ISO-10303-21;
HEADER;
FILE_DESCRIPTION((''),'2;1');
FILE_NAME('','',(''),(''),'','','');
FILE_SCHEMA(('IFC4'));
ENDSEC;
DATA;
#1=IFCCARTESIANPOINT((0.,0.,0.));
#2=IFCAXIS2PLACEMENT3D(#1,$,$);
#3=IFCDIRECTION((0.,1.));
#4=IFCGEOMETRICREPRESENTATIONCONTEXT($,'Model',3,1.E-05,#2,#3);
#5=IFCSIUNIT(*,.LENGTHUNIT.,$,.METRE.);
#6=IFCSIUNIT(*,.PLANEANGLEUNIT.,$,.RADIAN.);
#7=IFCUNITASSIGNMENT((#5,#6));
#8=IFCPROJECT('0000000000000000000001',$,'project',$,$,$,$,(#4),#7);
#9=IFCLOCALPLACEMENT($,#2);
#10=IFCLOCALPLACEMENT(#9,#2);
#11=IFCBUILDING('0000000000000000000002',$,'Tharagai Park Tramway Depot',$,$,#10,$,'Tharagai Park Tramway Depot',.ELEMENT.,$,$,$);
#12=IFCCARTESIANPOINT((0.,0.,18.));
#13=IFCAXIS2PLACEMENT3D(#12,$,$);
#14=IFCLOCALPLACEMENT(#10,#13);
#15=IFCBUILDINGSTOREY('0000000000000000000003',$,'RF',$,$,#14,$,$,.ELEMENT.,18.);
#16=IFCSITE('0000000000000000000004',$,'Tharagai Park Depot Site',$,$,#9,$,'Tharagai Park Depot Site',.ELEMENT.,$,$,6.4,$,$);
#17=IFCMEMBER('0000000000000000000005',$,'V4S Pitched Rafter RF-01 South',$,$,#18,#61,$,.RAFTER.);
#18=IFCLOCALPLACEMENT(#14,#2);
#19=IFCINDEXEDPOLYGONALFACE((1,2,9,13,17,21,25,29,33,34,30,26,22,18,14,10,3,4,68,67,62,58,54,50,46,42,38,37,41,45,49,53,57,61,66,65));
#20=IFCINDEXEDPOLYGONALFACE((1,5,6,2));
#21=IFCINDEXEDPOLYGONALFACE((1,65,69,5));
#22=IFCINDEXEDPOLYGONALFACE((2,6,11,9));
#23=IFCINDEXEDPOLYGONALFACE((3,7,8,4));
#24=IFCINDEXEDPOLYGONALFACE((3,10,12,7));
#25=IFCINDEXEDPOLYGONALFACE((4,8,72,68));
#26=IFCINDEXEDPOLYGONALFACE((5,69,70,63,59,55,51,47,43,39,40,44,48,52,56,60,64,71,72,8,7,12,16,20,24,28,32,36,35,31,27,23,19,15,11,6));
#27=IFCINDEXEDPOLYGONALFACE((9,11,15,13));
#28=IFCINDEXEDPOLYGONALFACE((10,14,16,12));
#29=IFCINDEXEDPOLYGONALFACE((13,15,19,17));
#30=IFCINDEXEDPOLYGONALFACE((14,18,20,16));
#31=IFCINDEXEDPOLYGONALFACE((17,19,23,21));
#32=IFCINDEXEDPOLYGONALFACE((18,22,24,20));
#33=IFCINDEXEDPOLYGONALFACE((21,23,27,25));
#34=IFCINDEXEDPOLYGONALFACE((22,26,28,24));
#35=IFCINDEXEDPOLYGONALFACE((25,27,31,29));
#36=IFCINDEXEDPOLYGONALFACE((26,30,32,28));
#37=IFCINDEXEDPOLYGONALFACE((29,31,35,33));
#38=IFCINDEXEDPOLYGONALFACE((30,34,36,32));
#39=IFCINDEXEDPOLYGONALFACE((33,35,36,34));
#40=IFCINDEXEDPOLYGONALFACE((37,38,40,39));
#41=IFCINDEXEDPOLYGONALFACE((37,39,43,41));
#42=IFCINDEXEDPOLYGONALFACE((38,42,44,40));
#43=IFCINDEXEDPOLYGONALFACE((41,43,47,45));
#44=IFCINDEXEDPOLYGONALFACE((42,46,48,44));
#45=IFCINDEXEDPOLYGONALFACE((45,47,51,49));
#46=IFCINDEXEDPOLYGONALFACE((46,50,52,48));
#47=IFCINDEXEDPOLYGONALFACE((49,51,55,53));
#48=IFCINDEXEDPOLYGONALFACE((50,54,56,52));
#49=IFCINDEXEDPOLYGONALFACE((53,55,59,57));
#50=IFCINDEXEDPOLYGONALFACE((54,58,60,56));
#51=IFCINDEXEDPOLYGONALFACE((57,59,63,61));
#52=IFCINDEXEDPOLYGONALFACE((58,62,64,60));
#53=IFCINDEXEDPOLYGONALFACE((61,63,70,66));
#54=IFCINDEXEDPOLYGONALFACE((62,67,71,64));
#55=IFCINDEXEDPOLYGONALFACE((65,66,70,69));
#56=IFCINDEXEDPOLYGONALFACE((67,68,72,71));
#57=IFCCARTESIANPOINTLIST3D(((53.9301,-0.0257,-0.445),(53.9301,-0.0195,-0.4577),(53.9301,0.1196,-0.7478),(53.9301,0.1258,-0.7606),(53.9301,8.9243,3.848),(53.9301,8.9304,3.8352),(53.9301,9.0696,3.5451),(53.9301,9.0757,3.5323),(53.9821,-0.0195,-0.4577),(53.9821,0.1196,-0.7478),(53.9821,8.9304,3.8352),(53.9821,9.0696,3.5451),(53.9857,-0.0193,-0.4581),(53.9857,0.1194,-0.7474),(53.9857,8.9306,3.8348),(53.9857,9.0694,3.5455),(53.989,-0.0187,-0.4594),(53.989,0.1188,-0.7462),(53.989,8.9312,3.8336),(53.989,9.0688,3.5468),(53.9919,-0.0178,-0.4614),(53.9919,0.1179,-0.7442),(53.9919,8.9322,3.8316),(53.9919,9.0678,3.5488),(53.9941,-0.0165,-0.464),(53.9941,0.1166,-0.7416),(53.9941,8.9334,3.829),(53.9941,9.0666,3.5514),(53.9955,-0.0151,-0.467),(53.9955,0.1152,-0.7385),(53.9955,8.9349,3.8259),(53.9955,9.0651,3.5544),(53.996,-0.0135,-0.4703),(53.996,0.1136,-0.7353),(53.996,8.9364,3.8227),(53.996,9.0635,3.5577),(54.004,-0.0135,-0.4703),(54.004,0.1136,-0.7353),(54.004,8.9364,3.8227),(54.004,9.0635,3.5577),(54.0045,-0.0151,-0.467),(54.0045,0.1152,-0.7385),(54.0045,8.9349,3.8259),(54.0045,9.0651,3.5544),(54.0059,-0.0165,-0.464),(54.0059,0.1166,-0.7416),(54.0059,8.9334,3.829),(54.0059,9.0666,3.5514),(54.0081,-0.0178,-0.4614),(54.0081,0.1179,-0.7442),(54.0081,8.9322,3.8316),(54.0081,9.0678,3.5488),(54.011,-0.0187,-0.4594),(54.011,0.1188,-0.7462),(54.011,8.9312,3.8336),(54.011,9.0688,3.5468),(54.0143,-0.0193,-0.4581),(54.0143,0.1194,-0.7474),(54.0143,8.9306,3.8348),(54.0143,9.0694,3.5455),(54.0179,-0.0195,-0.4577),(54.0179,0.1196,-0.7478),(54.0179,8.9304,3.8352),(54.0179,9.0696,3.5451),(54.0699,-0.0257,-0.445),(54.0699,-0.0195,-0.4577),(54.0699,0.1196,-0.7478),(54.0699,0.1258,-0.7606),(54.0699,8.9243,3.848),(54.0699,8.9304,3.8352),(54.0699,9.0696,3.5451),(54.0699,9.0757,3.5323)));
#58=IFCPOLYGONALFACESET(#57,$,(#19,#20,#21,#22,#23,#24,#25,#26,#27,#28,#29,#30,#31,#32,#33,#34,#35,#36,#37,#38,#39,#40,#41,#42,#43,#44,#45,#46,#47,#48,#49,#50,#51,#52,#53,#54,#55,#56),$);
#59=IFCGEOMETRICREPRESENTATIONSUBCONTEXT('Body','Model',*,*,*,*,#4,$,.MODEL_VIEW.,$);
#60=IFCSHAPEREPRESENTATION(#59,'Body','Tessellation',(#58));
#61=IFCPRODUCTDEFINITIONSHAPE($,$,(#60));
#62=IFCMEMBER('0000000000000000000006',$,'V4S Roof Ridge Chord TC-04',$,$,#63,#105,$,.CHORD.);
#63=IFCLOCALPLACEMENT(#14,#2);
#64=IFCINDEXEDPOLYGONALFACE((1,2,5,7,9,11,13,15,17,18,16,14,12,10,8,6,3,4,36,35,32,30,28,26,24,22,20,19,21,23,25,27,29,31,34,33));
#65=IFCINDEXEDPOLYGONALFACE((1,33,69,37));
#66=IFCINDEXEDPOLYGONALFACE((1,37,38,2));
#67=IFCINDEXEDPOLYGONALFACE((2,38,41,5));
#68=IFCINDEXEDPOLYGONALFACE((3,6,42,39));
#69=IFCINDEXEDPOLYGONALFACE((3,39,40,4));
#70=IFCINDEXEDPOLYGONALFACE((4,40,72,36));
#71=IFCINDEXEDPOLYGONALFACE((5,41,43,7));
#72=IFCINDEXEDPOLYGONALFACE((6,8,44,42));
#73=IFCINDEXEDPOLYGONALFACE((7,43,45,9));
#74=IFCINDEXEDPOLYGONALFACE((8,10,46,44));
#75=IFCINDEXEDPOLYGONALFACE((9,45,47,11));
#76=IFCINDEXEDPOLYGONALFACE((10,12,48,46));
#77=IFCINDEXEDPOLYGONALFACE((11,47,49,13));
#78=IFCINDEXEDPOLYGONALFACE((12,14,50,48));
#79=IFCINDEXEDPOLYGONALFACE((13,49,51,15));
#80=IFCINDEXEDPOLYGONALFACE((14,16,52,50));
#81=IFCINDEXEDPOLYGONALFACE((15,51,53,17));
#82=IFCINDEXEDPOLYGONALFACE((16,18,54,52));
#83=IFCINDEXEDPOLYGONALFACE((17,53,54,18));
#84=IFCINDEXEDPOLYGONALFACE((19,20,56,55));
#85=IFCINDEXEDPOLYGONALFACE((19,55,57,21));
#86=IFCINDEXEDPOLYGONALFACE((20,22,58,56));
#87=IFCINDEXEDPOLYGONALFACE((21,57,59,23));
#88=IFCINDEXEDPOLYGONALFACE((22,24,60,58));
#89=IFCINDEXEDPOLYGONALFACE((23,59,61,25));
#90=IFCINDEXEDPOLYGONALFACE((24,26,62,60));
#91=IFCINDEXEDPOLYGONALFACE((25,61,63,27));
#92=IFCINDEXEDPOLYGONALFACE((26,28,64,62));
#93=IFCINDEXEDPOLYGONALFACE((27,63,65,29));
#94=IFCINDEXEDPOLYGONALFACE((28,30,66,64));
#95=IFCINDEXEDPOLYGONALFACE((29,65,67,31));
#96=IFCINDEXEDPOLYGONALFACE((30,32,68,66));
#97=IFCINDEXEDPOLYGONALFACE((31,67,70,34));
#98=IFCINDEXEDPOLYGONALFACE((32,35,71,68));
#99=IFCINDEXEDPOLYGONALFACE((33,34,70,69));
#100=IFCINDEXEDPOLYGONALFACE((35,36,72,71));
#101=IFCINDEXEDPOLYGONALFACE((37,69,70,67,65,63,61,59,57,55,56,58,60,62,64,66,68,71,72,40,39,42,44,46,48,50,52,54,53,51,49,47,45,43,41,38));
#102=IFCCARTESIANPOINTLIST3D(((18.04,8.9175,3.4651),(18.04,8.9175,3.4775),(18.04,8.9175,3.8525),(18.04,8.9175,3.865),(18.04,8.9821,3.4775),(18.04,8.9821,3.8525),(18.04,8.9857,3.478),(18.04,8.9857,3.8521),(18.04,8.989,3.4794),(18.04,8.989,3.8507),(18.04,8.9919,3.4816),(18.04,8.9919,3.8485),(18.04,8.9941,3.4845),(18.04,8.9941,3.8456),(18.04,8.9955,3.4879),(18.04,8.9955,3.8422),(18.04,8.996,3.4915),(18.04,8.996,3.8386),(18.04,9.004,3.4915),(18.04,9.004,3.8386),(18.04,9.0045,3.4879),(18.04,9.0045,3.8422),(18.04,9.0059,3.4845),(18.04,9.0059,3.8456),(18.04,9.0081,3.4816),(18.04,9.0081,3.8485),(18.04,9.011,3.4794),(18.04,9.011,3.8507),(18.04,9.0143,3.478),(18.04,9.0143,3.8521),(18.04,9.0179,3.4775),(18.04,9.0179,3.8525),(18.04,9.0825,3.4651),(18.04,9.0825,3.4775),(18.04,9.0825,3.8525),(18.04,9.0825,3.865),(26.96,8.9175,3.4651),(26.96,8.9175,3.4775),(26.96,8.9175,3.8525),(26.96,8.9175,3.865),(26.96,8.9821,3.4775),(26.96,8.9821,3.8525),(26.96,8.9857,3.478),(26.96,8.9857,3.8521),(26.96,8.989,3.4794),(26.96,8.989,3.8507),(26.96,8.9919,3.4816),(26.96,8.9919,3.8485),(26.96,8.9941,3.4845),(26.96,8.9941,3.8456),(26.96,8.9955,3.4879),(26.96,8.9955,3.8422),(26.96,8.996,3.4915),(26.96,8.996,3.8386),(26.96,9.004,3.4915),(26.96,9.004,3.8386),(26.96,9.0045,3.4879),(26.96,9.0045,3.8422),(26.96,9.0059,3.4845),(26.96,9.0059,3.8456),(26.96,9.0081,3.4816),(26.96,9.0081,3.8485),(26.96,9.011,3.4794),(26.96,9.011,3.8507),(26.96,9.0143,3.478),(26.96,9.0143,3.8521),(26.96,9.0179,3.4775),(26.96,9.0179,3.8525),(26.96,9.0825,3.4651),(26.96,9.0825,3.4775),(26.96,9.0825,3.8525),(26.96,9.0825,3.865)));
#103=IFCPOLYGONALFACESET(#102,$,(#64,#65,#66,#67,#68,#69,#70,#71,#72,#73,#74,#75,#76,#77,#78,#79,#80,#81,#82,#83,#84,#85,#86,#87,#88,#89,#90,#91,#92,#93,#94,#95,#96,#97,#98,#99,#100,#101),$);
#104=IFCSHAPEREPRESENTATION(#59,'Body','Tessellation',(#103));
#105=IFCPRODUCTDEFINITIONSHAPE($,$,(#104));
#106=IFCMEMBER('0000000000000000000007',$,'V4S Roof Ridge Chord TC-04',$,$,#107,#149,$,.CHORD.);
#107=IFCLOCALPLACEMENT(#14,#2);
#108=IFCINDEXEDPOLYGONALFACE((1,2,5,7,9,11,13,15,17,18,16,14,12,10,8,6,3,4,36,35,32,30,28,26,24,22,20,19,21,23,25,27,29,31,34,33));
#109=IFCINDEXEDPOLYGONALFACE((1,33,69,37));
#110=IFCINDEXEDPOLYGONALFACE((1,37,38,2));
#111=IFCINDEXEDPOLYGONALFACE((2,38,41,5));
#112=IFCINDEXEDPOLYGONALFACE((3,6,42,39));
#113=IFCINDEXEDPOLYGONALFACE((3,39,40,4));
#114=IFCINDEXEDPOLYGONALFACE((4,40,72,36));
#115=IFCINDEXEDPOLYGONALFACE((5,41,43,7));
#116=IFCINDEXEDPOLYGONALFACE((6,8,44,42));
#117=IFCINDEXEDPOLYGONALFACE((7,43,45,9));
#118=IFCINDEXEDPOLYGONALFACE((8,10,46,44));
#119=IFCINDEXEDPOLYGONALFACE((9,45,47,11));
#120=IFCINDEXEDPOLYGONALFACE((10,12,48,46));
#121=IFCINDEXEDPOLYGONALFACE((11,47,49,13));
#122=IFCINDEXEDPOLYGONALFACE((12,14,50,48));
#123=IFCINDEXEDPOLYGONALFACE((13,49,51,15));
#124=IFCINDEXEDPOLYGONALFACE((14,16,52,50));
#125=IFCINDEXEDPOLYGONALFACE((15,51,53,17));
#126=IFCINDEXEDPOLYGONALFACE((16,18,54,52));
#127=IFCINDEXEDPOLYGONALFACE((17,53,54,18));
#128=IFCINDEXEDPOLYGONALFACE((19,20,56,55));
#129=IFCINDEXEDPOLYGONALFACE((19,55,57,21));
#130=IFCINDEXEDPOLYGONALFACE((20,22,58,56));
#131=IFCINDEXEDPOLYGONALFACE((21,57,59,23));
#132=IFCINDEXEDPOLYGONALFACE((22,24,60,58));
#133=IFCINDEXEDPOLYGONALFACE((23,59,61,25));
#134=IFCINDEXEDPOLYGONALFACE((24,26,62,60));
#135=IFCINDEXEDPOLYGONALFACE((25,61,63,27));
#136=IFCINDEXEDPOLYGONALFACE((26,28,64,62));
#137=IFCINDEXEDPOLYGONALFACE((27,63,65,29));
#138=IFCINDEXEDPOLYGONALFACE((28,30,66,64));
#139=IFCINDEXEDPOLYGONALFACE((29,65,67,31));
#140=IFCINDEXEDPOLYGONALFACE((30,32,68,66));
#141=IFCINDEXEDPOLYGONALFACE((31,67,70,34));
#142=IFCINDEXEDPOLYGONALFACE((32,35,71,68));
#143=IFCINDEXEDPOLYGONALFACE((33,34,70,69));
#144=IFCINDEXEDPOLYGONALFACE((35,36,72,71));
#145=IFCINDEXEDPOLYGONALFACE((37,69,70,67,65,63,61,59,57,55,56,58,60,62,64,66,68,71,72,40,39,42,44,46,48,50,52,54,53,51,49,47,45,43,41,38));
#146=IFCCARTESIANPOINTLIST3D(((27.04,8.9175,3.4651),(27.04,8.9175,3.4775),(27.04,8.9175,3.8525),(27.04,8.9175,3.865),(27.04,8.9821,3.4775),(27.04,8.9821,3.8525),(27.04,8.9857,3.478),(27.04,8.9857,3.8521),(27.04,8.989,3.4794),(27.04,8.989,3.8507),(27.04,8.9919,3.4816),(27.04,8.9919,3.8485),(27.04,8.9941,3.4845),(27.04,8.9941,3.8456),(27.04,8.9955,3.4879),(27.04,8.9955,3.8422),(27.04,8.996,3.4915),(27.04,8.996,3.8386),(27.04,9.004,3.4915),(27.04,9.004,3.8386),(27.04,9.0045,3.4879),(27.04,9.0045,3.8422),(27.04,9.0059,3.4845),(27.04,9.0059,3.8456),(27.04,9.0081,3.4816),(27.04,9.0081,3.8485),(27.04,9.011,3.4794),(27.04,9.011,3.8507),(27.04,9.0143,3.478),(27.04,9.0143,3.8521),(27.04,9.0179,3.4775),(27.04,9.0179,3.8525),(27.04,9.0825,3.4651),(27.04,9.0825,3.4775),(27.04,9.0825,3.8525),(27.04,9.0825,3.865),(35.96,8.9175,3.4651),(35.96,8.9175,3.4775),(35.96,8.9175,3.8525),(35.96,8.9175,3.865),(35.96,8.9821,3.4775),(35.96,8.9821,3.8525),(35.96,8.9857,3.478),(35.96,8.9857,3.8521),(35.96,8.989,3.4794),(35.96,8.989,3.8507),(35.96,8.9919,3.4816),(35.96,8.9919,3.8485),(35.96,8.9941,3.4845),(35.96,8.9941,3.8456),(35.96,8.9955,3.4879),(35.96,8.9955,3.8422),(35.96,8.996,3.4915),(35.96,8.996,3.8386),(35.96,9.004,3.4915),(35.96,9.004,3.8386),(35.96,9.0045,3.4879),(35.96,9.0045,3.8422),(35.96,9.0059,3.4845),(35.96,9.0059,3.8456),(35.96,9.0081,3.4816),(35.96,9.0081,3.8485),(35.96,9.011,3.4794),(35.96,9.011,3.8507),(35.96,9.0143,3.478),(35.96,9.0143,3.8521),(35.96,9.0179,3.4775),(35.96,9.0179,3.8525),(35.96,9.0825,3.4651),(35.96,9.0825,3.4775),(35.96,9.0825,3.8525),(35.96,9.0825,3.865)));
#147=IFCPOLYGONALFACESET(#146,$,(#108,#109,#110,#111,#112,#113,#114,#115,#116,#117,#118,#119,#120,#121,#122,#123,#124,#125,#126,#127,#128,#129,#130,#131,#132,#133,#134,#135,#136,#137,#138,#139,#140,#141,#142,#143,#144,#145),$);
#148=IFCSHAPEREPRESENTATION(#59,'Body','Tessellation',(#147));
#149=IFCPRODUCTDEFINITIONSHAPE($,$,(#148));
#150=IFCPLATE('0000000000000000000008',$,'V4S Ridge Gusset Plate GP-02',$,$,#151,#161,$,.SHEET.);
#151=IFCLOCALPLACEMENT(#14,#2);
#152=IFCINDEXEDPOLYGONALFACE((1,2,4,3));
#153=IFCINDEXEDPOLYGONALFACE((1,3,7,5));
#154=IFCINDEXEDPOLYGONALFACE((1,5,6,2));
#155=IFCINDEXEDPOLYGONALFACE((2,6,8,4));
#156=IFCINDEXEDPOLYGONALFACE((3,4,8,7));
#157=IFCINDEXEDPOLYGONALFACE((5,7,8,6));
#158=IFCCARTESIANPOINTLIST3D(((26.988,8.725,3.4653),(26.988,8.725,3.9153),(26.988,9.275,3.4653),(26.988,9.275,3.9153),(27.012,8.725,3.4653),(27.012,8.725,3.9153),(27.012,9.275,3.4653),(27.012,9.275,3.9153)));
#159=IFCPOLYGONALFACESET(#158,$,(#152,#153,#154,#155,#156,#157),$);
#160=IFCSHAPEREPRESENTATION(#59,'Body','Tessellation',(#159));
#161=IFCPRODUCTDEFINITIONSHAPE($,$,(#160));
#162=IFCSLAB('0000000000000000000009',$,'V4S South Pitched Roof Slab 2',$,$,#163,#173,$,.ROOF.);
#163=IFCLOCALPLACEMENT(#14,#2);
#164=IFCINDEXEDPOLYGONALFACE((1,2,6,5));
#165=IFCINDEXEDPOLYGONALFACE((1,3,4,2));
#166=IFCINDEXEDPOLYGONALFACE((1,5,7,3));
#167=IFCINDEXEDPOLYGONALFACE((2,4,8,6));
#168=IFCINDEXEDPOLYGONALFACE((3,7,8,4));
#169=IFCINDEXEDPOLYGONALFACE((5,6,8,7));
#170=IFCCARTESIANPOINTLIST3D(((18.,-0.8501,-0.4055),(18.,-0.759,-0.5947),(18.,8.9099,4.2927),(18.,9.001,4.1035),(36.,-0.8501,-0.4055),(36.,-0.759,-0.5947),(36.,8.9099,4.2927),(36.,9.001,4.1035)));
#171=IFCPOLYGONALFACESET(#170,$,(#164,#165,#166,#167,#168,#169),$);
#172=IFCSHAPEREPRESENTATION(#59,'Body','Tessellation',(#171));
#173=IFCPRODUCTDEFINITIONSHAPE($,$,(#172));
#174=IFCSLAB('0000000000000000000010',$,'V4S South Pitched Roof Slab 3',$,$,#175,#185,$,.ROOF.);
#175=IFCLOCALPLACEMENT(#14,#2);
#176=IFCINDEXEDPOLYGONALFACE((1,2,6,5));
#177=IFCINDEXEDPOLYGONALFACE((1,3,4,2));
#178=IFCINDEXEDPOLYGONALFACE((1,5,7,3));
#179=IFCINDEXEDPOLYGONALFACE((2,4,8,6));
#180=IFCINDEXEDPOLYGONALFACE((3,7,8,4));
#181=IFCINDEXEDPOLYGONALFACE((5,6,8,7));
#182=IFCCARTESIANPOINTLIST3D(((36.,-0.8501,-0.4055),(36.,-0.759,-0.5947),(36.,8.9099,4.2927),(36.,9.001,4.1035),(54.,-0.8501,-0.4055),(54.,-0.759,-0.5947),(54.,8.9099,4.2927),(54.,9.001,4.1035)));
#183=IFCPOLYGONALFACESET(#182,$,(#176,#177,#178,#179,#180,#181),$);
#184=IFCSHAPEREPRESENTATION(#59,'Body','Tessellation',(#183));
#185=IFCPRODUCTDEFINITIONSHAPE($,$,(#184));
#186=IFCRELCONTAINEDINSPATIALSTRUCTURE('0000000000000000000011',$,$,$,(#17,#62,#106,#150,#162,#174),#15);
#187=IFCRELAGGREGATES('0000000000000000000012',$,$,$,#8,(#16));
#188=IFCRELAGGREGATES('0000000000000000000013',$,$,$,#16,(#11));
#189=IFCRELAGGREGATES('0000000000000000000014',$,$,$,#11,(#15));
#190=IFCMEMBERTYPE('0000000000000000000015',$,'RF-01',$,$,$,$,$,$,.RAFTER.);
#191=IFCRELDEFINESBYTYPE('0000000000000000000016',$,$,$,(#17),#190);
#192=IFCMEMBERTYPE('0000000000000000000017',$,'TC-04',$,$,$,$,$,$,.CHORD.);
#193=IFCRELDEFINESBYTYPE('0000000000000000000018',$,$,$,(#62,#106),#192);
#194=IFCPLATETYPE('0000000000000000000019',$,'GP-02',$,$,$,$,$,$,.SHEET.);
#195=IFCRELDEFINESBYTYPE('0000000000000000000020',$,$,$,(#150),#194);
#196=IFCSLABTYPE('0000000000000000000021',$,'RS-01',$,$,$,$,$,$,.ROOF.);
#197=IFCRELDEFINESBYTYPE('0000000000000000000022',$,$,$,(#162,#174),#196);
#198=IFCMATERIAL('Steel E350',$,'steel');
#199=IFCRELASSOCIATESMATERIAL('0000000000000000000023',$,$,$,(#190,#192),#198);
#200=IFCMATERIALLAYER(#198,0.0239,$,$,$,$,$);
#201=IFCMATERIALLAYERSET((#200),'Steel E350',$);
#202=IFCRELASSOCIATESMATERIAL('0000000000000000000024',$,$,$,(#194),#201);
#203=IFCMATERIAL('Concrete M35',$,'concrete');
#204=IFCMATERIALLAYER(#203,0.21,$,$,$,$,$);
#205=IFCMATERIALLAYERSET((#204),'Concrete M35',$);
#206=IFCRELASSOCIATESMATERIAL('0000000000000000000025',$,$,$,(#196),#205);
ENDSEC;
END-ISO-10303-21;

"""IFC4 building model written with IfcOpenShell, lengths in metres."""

from ifc_helpers import new_model, si_unit, direction, frame, origin, origin_2d, place, context, subcontext, project, spatial, polyline, rectangle, i_section, outline, extrude, material, layer, layer_set, material_profile, profile_set, type_object, element, save


model = new_model("IFC4")

# Units and contexts
model_context = context("Model", 3, precision=1e-05, world=origin(), true_north=direction((0.0, 1.0)))
body_context = subcontext(model_context, "Body", "Model", "MODEL_VIEW")
ifc_project = project(units=[si_unit("LENGTHUNIT", "METRE"), si_unit("PLANEANGLEUNIT", "RADIAN")], contexts=[model_context])

# Site, building, storey
site_placement = place(None, origin())
site = spatial("IfcSite", under=ifc_project, at=site_placement, Name="Tharagai Park Depot Site", LongName="Tharagai Park Depot Site", CompositionType="ELEMENT", RefElevation=6.4)
building_placement = place(site_placement, origin())
building = spatial("IfcBuilding", under=site, at=building_placement, Name="Tharagai Park Tramway Depot", LongName="Tharagai Park Tramway Depot", CompositionType="ELEMENT")
storey_placement = place(building_placement, frame((0.0, 0.0, 18.0)))
storey = spatial("IfcBuildingStorey", under=building, at=storey_placement, Name="RF", CompositionType="ELEMENT", Elevation=18.0)

# Shared definitions
ifc_material_1 = material(Name="Steel E350", Category="steel")

# Members
ifc_material_profile_1 = material_profile(ifc_material_1, i_section(OverallWidth=0.1399, OverallDepth=0.3501, WebThickness=0.0081, FlangeThickness=0.0142, FilletRadius=0.0139, at=origin_2d()), Name="ISMB 350")
ifc_profile_set_1 = profile_set([ifc_material_profile_1], Name="Steel E350")
member_type_1 = type_object("IfcMemberType", Name="RF-01", PredefinedType="RAFTER", material=ifc_profile_set_1)
for number, where, z_axis, x_axis, name in (
    (1, (54.0, 0.05, -0.6028), (0.0, 0.901641, 0.432485), (-1.0, 0.0, 0.0), "V4S Pitched Rafter RF-01 South"),
):
    element("IfcMember", number, at=place(storey_placement, frame(where, z_axis=z_axis, x_axis=x_axis)), inside=storey, type_object=member_type_1, Name=name, PredefinedType="RAFTER", context=body_context, shape_type="SweptSolid", body=[
        extrude(i_section(OverallWidth=0.1399, OverallDepth=0.3501, WebThickness=0.0081, FlangeThickness=0.0142, FilletRadius=0.0139, at=origin_2d()), origin(), (0.0, 0.0, 1.0), 9.9263),
    ])
ifc_material_profile_2 = material_profile(ifc_material_1, i_section(OverallWidth=0.165, OverallDepth=0.3999, WebThickness=0.0081, FlangeThickness=0.0125, FilletRadius=0.0139, at=origin_2d()), Name="ISLB 400")
ifc_profile_set_2 = profile_set([ifc_material_profile_2], Name="Steel E350")
member_type_2 = type_object("IfcMemberType", Name="TC-04", PredefinedType="CHORD", material=ifc_profile_set_2)
for number, where, z_axis, x_axis, name in (
    (2, (18.04, 9.0, 3.665), (1.0, 0.0, 0.0), (0.0, 1.0, 0.0), "V4S Roof Ridge Chord TC-04"),
    (3, (27.04, 9.0, 3.665), (1.0, 0.0, 0.0), (0.0, 1.0, 0.0), "V4S Roof Ridge Chord TC-04"),
):
    element("IfcMember", number, at=place(storey_placement, frame(where, z_axis=z_axis, x_axis=x_axis)), inside=storey, type_object=member_type_2, Name=name, PredefinedType="CHORD", context=body_context, shape_type="SweptSolid", body=[
        extrude(i_section(OverallWidth=0.165, OverallDepth=0.3999, WebThickness=0.0081, FlangeThickness=0.0125, FilletRadius=0.0139, at=origin_2d()), origin(), (0.0, 0.0, 1.0), 8.9199),
    ])

# Plate
ifc_layer_1 = layer(ifc_material_1, 0.0239)
ifc_layer_set_1 = layer_set([ifc_layer_1], Name="Steel E350")
plate_type = type_object("IfcPlateType", Name="GP-02", PredefinedType="SHEET", material=ifc_layer_set_1)
plate_placement = place(storey_placement, frame((27.0, 9.0, 3.4653), z_axis=(0.0, 0.0, 1.0), x_axis=(1.0, 0.0, 0.0)))
element("IfcPlate", 4, at=plate_placement, inside=storey, type_object=plate_type, Name="V4S Ridge Gusset Plate GP-02", PredefinedType="SHEET", context=body_context, shape_type="SweptSolid", body=[
    extrude(rectangle(XDim=0.0239, YDim=0.55, at=origin_2d()), origin(), (0.0, 0.0, 1.0), 0.45),
])

# Slabs
ifc_material_2 = material(Name="Concrete M35", Category="concrete")
ifc_layer_2 = layer(ifc_material_2, 0.21)
ifc_layer_set_2 = layer_set([ifc_layer_2], Name="Concrete M35")
slab_type = type_object("IfcSlabType", Name="RS-01", PredefinedType="ROOF", material=ifc_layer_set_2)
for number, where, z_axis, x_axis, name in (
    (5, (18.0, -0.8501, -0.4055), (0.0, -0.433739, 0.901039), (1.0, 0.0, 0.0), "V4S South Pitched Roof Slab 2"),
    (6, (36.0, -0.8501, -0.4055), (0.0, -0.433739, 0.901039), (1.0, 0.0, 0.0), "V4S South Pitched Roof Slab 3"),
):
    element("IfcSlab", number, at=place(storey_placement, frame(where, z_axis=z_axis, x_axis=x_axis)), inside=storey, type_object=slab_type, Name=name, PredefinedType="ROOF", context=body_context, shape_type="SweptSolid", body=[
        extrude(outline(polyline([(0.0, 0.0), (18.0, 0.0), (18.0, 10.832), (0.0, 10.832), (0.0, 0.0)])), origin(), (0.0, 0.0, -1.0), 0.21),
    ])

save(model, "model.ifc")
